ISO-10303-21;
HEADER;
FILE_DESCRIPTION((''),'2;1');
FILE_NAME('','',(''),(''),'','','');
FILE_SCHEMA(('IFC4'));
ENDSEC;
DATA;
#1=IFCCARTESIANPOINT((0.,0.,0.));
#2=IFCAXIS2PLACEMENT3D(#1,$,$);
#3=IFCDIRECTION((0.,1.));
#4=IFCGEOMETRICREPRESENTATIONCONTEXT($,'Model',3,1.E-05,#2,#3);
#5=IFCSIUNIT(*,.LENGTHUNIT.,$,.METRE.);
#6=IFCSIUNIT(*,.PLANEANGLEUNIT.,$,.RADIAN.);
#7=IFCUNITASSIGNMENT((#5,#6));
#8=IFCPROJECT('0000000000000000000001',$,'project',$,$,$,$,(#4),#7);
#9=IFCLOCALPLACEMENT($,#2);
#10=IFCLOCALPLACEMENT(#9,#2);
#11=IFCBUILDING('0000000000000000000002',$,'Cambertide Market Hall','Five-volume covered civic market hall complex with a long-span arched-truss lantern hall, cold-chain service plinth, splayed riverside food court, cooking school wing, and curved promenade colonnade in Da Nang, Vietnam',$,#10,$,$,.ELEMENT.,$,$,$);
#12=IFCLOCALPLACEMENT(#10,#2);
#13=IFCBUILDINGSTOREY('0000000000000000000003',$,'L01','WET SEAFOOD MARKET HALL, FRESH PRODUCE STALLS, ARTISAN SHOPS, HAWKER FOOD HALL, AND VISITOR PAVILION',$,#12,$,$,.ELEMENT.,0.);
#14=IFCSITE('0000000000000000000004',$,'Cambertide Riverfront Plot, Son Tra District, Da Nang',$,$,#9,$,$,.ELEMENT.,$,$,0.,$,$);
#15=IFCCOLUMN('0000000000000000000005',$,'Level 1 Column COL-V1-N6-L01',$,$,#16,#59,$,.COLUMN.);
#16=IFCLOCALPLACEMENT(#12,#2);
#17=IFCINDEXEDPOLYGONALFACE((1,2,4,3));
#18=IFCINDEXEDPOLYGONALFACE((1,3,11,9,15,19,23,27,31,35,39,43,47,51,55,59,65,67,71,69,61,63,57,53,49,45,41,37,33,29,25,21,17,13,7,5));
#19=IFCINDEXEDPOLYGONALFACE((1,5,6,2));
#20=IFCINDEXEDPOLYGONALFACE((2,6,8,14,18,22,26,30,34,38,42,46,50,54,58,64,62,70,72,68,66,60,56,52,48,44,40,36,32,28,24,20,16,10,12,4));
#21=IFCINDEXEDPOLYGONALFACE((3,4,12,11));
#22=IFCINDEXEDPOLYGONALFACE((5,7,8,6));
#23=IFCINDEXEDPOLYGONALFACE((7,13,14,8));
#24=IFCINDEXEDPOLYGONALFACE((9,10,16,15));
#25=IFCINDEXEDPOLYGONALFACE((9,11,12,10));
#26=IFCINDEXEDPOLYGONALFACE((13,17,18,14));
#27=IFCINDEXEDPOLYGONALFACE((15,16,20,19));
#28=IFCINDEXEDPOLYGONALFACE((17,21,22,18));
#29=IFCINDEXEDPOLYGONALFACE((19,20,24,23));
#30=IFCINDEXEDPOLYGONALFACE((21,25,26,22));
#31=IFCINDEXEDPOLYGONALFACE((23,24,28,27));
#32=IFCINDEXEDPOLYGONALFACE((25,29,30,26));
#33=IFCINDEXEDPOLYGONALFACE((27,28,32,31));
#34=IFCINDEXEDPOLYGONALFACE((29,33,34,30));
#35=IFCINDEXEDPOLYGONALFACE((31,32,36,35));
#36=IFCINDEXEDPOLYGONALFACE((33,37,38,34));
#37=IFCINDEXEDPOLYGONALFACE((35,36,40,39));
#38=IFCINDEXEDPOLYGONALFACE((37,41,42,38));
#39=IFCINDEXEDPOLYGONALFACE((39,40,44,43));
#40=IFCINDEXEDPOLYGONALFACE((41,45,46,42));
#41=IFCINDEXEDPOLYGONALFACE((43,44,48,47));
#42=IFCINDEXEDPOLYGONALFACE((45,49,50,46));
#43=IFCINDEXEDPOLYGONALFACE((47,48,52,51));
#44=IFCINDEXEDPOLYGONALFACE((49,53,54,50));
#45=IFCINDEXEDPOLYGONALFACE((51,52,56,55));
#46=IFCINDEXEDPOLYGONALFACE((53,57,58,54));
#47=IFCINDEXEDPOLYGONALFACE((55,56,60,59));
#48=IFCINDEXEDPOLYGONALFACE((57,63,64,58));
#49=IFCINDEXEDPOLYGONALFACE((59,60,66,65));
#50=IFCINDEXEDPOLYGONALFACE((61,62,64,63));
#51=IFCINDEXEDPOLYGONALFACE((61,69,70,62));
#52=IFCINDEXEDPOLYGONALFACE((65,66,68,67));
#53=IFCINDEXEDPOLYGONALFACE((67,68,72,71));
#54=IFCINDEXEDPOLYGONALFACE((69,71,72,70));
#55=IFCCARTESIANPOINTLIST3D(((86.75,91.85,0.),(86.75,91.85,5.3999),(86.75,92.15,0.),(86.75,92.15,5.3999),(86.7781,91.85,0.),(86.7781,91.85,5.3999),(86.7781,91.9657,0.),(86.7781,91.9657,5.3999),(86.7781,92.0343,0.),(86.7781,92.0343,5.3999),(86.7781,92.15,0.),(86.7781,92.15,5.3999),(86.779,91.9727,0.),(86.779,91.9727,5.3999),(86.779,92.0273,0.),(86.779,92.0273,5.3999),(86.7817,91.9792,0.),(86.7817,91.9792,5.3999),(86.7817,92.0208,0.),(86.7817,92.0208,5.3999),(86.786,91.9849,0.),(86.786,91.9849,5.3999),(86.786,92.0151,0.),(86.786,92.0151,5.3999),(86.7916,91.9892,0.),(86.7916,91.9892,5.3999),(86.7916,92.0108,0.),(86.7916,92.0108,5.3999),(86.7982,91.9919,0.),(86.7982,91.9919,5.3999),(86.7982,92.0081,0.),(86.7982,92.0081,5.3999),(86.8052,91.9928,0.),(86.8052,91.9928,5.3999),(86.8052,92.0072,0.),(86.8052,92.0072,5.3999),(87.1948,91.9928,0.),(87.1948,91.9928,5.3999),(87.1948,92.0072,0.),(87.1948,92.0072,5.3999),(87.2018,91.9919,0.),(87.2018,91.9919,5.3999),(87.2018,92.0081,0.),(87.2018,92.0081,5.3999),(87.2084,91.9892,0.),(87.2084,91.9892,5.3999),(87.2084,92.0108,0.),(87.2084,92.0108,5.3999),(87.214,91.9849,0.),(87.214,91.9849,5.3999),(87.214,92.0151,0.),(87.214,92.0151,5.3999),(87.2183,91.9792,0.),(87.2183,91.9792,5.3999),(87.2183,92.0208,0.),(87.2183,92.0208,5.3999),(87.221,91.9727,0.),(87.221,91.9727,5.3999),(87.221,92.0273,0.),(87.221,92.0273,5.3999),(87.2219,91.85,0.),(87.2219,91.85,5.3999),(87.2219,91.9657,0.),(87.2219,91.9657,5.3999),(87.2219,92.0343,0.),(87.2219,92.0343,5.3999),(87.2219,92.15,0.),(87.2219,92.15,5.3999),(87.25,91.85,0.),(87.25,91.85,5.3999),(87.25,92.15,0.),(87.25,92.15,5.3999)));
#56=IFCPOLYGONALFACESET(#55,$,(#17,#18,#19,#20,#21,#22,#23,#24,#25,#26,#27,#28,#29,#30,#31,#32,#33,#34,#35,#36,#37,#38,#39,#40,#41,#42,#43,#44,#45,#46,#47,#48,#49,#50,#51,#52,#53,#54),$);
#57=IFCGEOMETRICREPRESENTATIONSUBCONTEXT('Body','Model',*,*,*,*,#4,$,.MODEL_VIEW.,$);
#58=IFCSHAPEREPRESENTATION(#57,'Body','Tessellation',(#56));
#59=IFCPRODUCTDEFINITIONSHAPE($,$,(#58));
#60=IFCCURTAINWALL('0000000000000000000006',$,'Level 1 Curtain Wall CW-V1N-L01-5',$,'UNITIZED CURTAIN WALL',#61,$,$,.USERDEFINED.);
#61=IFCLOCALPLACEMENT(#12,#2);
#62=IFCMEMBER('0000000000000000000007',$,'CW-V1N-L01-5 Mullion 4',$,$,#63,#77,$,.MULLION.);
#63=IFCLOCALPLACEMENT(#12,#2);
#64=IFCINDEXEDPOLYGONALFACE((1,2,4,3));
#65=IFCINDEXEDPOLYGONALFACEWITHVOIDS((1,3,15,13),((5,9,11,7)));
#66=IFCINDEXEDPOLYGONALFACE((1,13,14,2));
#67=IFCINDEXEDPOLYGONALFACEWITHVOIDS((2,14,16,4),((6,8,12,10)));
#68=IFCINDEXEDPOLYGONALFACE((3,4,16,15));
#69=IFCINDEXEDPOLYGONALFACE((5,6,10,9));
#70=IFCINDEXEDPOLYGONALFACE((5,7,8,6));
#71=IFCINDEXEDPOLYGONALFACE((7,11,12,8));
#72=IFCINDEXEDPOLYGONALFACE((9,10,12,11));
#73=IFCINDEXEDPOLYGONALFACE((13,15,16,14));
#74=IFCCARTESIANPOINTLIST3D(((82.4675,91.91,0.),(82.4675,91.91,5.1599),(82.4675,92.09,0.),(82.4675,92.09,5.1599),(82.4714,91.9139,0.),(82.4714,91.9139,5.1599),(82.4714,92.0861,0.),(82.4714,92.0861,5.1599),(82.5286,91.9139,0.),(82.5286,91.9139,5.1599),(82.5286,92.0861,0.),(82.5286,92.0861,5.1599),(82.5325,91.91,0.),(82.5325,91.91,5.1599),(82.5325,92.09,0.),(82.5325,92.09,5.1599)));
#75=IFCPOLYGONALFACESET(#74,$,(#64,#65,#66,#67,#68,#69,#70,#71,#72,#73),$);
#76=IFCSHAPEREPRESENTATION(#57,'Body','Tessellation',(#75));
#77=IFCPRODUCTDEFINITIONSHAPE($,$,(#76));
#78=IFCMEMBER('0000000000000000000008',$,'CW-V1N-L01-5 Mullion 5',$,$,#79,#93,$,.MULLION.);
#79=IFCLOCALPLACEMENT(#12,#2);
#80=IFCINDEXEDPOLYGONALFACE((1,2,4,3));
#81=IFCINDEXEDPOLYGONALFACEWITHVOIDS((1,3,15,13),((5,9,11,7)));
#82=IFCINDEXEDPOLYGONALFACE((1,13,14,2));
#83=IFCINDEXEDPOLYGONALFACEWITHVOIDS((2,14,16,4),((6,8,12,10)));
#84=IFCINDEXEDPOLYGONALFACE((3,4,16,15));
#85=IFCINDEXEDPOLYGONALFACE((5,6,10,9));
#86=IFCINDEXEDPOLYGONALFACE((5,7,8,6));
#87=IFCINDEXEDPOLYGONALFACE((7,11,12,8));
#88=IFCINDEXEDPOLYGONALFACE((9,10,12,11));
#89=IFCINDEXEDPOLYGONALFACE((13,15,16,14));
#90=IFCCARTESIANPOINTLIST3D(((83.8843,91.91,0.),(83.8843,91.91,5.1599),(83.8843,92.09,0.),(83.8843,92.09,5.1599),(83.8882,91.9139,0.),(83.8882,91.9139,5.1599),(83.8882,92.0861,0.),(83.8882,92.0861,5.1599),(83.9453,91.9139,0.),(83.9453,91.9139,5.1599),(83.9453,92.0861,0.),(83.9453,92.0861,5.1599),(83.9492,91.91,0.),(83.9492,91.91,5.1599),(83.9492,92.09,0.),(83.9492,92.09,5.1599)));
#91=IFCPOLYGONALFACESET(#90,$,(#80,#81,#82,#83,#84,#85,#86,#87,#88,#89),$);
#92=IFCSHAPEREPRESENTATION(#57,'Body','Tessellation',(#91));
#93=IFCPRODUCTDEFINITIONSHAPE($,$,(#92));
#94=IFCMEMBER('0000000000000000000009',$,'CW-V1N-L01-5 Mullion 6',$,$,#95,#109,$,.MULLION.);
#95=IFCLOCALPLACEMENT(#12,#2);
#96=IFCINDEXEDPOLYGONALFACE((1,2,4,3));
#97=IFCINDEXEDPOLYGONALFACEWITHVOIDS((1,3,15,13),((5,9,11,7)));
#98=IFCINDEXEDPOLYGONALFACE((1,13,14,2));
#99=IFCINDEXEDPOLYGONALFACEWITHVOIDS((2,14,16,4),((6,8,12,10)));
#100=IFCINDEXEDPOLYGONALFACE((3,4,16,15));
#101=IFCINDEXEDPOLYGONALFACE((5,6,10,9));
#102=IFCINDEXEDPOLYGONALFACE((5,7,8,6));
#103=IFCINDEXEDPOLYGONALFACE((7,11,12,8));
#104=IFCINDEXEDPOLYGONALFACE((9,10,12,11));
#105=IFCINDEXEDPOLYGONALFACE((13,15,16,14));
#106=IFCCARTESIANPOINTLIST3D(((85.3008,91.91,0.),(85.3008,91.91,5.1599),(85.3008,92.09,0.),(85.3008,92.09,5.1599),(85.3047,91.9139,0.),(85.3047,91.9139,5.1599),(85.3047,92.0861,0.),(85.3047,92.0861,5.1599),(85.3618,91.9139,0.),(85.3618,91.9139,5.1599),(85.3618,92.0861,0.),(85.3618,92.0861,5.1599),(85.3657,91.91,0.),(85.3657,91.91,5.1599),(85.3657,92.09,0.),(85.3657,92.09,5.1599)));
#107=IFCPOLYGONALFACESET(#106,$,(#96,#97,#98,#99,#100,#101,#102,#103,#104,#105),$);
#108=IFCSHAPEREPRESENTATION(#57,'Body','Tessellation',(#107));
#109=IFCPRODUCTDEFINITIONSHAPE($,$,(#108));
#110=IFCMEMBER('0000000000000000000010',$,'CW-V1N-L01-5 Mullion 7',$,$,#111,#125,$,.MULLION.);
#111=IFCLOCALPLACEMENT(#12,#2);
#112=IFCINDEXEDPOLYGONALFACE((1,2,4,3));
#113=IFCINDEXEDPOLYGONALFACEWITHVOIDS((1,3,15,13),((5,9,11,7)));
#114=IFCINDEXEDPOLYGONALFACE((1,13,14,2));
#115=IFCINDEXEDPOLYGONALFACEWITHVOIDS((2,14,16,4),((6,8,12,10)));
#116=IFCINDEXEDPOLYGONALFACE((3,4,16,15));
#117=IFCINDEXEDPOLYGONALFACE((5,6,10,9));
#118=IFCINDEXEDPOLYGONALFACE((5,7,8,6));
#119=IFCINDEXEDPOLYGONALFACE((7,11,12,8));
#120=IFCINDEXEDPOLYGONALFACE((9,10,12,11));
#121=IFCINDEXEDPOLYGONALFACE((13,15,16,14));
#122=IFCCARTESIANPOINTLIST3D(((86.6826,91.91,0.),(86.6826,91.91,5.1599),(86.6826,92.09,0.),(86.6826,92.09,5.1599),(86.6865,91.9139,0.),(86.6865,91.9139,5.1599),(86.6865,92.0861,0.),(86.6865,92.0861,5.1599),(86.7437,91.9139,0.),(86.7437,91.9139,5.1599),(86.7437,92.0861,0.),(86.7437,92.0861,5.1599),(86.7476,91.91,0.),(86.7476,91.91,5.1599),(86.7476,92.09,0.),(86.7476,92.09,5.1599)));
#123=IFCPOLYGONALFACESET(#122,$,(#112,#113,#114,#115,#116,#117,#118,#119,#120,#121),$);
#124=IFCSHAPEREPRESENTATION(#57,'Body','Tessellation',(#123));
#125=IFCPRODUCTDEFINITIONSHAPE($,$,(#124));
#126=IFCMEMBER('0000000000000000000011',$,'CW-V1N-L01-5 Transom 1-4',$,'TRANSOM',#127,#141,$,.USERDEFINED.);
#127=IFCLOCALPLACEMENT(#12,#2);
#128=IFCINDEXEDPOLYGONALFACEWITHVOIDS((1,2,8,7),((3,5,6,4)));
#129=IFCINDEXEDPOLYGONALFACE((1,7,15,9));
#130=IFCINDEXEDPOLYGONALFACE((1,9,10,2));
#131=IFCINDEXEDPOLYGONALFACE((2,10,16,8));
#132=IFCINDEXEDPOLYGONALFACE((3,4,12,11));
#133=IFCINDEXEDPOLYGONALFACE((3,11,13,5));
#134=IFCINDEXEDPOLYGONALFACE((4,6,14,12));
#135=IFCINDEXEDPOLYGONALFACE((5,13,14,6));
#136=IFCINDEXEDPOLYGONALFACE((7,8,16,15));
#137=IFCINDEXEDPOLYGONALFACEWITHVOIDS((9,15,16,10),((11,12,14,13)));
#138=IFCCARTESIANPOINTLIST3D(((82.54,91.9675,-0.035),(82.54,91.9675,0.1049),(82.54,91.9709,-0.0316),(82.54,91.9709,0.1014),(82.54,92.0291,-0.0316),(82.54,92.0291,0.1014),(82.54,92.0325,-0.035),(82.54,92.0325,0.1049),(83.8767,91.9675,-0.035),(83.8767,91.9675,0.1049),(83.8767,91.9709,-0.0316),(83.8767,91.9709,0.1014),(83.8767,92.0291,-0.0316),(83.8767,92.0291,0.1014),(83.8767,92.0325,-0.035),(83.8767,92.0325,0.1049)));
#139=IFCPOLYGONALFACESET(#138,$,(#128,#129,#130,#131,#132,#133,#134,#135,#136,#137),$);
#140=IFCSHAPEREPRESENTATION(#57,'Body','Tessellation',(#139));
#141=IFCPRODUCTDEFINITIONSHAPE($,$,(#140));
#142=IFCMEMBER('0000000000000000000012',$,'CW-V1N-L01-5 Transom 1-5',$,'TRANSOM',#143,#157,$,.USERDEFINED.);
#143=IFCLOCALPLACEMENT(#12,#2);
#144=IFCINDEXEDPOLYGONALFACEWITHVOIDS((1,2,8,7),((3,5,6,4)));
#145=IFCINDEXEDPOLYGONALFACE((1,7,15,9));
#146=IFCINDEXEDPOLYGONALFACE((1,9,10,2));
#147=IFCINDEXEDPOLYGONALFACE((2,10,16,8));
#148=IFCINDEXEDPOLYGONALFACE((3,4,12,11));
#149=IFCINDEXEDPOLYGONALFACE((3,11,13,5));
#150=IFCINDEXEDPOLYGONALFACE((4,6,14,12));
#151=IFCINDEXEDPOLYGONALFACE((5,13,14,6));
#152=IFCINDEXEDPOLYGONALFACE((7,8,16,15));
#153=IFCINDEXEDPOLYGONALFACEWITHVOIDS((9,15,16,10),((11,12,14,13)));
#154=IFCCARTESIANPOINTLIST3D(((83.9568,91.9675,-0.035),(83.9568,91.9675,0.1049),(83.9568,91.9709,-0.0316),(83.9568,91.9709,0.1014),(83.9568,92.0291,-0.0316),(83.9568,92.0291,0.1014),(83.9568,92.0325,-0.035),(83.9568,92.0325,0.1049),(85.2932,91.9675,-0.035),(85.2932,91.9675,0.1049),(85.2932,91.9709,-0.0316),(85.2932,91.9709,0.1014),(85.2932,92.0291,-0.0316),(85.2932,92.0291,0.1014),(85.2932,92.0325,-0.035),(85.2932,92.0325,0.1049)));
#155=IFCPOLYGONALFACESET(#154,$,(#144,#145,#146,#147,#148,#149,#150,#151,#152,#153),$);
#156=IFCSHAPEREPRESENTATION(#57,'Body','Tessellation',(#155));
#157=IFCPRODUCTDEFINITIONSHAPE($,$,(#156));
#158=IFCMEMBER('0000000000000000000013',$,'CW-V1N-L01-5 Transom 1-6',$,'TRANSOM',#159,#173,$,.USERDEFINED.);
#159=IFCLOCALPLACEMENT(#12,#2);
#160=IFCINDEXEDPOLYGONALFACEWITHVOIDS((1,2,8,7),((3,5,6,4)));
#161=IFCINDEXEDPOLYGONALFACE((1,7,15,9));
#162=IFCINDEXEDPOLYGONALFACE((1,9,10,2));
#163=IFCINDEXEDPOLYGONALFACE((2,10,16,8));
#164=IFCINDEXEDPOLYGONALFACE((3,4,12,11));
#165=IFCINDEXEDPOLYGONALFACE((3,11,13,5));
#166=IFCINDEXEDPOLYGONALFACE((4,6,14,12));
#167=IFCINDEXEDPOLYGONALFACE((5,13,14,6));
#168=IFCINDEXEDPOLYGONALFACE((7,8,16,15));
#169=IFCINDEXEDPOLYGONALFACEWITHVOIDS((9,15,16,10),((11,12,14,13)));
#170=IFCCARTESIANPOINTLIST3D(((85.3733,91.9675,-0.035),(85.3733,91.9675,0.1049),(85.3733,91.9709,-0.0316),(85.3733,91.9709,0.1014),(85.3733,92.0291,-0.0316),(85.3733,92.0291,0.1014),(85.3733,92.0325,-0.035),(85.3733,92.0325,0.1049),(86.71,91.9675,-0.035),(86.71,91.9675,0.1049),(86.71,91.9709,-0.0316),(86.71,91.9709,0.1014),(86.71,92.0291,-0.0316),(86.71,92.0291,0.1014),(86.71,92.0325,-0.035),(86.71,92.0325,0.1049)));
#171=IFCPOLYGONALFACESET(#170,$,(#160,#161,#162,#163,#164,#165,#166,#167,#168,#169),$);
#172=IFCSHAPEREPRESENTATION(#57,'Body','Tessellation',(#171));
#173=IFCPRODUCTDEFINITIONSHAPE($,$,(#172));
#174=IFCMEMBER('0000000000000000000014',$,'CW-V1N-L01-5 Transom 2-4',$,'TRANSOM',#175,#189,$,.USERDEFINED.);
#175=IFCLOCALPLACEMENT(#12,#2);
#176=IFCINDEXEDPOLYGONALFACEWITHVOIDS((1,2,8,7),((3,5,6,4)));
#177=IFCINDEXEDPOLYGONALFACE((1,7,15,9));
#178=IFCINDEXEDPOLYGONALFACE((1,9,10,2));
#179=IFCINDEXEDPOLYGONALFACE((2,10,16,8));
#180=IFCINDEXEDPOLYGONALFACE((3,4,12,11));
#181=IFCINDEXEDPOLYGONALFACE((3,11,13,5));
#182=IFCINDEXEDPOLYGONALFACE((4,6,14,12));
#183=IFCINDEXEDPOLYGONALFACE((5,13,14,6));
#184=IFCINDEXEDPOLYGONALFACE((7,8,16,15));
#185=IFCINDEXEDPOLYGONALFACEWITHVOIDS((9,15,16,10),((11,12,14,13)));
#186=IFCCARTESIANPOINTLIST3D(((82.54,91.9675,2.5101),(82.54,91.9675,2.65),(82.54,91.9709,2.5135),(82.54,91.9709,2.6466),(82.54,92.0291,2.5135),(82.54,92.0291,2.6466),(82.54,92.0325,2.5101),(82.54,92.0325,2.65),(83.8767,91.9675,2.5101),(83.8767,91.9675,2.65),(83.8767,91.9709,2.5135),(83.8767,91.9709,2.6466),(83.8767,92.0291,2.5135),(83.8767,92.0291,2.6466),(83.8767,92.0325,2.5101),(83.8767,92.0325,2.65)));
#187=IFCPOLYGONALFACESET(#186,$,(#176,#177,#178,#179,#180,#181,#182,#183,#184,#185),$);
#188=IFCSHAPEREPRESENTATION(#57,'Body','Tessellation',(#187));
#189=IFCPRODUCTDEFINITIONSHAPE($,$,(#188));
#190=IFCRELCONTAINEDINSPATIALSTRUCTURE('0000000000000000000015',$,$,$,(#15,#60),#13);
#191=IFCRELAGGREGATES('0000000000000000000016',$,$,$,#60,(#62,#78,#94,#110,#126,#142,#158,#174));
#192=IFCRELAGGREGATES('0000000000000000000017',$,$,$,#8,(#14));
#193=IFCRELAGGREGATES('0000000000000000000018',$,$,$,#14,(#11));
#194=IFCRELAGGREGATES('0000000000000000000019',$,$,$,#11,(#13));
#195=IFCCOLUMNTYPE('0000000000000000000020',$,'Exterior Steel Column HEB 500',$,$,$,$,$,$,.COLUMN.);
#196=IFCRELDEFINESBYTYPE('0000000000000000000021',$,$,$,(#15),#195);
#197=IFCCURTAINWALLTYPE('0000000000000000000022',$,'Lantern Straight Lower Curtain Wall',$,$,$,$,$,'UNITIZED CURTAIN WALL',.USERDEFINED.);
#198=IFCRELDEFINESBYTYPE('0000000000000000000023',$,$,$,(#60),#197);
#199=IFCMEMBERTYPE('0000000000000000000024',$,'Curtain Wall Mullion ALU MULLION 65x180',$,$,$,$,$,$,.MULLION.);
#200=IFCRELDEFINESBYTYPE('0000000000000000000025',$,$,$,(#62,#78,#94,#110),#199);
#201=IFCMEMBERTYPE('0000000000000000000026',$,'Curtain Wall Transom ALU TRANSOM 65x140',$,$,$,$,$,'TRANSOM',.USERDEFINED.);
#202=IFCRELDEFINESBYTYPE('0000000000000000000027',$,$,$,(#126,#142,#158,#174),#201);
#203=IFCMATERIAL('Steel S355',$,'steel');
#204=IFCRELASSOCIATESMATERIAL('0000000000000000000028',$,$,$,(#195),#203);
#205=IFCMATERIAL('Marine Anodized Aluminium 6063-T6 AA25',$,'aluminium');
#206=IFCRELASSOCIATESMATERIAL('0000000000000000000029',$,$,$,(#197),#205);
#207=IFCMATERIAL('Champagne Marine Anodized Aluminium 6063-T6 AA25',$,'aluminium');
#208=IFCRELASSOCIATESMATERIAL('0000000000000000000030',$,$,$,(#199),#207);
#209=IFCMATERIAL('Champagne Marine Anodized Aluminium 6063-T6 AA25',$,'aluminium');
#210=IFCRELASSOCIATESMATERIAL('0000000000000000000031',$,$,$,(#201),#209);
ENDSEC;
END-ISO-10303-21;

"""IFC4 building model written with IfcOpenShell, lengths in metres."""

from ifc_helpers import new_model, si_unit, direction, frame, origin, origin_2d, place, context, subcontext, project, spatial, hollow_rectangle, i_section, extrude, material, material_profile, profile_set, type_object, element, aggregate, save


model = new_model("IFC4")

# Units and contexts
model_context = context("Model", 3, precision=1e-05, world=origin(), true_north=direction((0.0, 1.0)))
body_context = subcontext(model_context, "Body", "Model", "MODEL_VIEW")
ifc_project = project(units=[si_unit("LENGTHUNIT", "METRE"), si_unit("PLANEANGLEUNIT", "RADIAN")], contexts=[model_context])

# Site, building, storey
site_placement = place(None, origin())
site = spatial("IfcSite", under=ifc_project, at=site_placement, Name="Cambertide Riverfront Plot, Son Tra District, Da Nang", CompositionType="ELEMENT", RefElevation=0.0)
building_placement = place(site_placement, origin())
building = spatial("IfcBuilding", under=site, at=building_placement, Name="Cambertide Market Hall", Description="Five-volume covered civic market hall complex with a long-span arched-truss lantern hall, cold-chain service plinth, splayed riverside food court, cooking school wing, and curved promenade colonnade in Da Nang, Vietnam", CompositionType="ELEMENT")
storey_placement = place(building_placement, origin())
storey = spatial("IfcBuildingStorey", under=building, at=storey_placement, Name="L01", Description="WET SEAFOOD MARKET HALL, FRESH PRODUCE STALLS, ARTISAN SHOPS, HAWKER FOOD HALL, AND VISITOR PAVILION", CompositionType="ELEMENT", Elevation=0.0)

# Column
ifc_material_1 = material(Name="Steel S355", Category="steel")
ifc_material_profile_1 = material_profile(ifc_material_1, i_section(OverallWidth=0.3, OverallDepth=0.5, WebThickness=0.0144, FlangeThickness=0.0281, FilletRadius=0.0271, at=origin_2d()), Name="HEB 500")
ifc_profile_set_1 = profile_set([ifc_material_profile_1], Name="Steel S355")
column_type = type_object("IfcColumnType", Name="Exterior Steel Column HEB 500", PredefinedType="COLUMN", material=ifc_profile_set_1)
column_placement = place(storey_placement, frame((87.0, 92.0, 0.0), z_axis=(0.0, 0.0, 1.0), x_axis=(0.0, 1.0, 0.0)))
element("IfcColumn", 1, at=column_placement, inside=storey, type_object=column_type, Name="Level 1 Column COL-V1-N6-L01", PredefinedType="COLUMN", context=body_context, shape_type="SweptSolid", body=[
    extrude(i_section(OverallWidth=0.3, OverallDepth=0.5, WebThickness=0.0144, FlangeThickness=0.0281, FilletRadius=0.0271, at=origin_2d()), origin(), (0.0, 0.0, 1.0), 5.3999),
])

# Curtain wall, members
ifc_material_2 = material(Name="Marine Anodized Aluminium 6063-T6 AA25", Category="aluminium")
curtain_wall_type = type_object("IfcCurtainWallType", Name="Lantern Straight Lower Curtain Wall", ElementType="UNITIZED CURTAIN WALL", PredefinedType="USERDEFINED", material=ifc_material_2)
curtain_wall_placement = place(storey_placement, origin())
curtain_wall = element("IfcCurtainWall", 2, at=curtain_wall_placement, inside=storey, type_object=curtain_wall_type, Name="Level 1 Curtain Wall CW-V1N-L01-5", ObjectType="UNITIZED CURTAIN WALL", PredefinedType="USERDEFINED")
ifc_material_3 = material(Name="Champagne Marine Anodized Aluminium 6063-T6 AA25", Category="aluminium")
ifc_material_profile_2 = material_profile(ifc_material_3, hollow_rectangle(XDim=0.0649, YDim=0.1799, WallThickness=0.0039, at=origin_2d()), Name="ALU MULLION 65x180")
ifc_profile_set_2 = profile_set([ifc_material_profile_2], Name="Champagne Marine Anodized Aluminium 6063-T6 AA25")
member_type_1 = type_object("IfcMemberType", Name="Curtain Wall Mullion ALU MULLION 65x180", PredefinedType="MULLION", material=ifc_profile_set_2)
member_1_placement = place(storey_placement, frame((82.5, 92.0, 0.0), z_axis=(0.0, 0.0, 1.0), x_axis=(1.0, 0.0, 0.0)))
member_1 = element("IfcMember", 3, at=member_1_placement, type_object=member_type_1, Name="CW-V1N-L01-5 Mullion 4", PredefinedType="MULLION", context=body_context, shape_type="SweptSolid", body=[
    extrude(hollow_rectangle(XDim=0.0649, YDim=0.1799, WallThickness=0.0039, at=origin_2d()), origin(), (0.0, 0.0, 1.0), 5.1599),
])
member_2_placement = place(storey_placement, frame((83.9167, 92.0, 0.0), z_axis=(0.0, 0.0, 1.0), x_axis=(1.0, 0.0, 0.0)))
member_2 = element("IfcMember", 4, at=member_2_placement, type_object=member_type_1, Name="CW-V1N-L01-5 Mullion 5", PredefinedType="MULLION", context=body_context, shape_type="SweptSolid", body=[
    extrude(hollow_rectangle(XDim=0.0649, YDim=0.1799, WallThickness=0.0039, at=origin_2d()), origin(), (0.0, 0.0, 1.0), 5.1599),
])
member_3_placement = place(storey_placement, frame((85.3333, 92.0, 0.0), z_axis=(0.0, 0.0, 1.0), x_axis=(1.0, 0.0, 0.0)))
member_3 = element("IfcMember", 5, at=member_3_placement, type_object=member_type_1, Name="CW-V1N-L01-5 Mullion 6", PredefinedType="MULLION", context=body_context, shape_type="SweptSolid", body=[
    extrude(hollow_rectangle(XDim=0.0649, YDim=0.1799, WallThickness=0.0039, at=origin_2d()), origin(), (0.0, 0.0, 1.0), 5.1599),
])
member_4_placement = place(storey_placement, frame((86.7151, 92.0, 0.0), z_axis=(0.0, 0.0, 1.0), x_axis=(1.0, 0.0, 0.0)))
member_4 = element("IfcMember", 6, at=member_4_placement, type_object=member_type_1, Name="CW-V1N-L01-5 Mullion 7", PredefinedType="MULLION", context=body_context, shape_type="SweptSolid", body=[
    extrude(hollow_rectangle(XDim=0.0649, YDim=0.1799, WallThickness=0.0039, at=origin_2d()), origin(), (0.0, 0.0, 1.0), 5.1599),
])
ifc_material_4 = material(Name="Champagne Marine Anodized Aluminium 6063-T6 AA25", Category="aluminium")
ifc_material_profile_3 = material_profile(ifc_material_4, hollow_rectangle(XDim=0.0649, YDim=0.1399, WallThickness=0.0034, at=origin_2d()), Name="ALU TRANSOM 65x140")
ifc_profile_set_3 = profile_set([ifc_material_profile_3], Name="Champagne Marine Anodized Aluminium 6063-T6 AA25")
member_type_2 = type_object("IfcMemberType", Name="Curtain Wall Transom ALU TRANSOM 65x140", ElementType="TRANSOM", PredefinedType="USERDEFINED", material=ifc_profile_set_3)
member_5_placement = place(storey_placement, frame((82.54, 92.0, 0.0349), z_axis=(1.0, 0.0, 0.0), x_axis=(0.0, 1.0, 0.0)))
member_5 = element("IfcMember", 7, at=member_5_placement, type_object=member_type_2, Name="CW-V1N-L01-5 Transom 1-4", ObjectType="TRANSOM", PredefinedType="USERDEFINED", context=body_context, shape_type="SweptSolid", body=[
    extrude(hollow_rectangle(XDim=0.0649, YDim=0.1399, WallThickness=0.0034, at=origin_2d()), origin(), (0.0, 0.0, 1.0), 1.3367),
])
member_6_placement = place(storey_placement, frame((83.9568, 92.0, 0.0349), z_axis=(1.0, 0.0, 0.0), x_axis=(0.0, 1.0, 0.0)))
member_6 = element("IfcMember", 8, at=member_6_placement, type_object=member_type_2, Name="CW-V1N-L01-5 Transom 1-5", ObjectType="TRANSOM", PredefinedType="USERDEFINED", context=body_context, shape_type="SweptSolid", body=[
    extrude(hollow_rectangle(XDim=0.0649, YDim=0.1399, WallThickness=0.0034, at=origin_2d()), origin(), (0.0, 0.0, 1.0), 1.3364),
])
member_7_placement = place(storey_placement, frame((85.3733, 92.0, 0.0349), z_axis=(1.0, 0.0, 0.0), x_axis=(0.0, 1.0, 0.0)))
member_7 = element("IfcMember", 9, at=member_7_placement, type_object=member_type_2, Name="CW-V1N-L01-5 Transom 1-6", ObjectType="TRANSOM", PredefinedType="USERDEFINED", context=body_context, shape_type="SweptSolid", body=[
    extrude(hollow_rectangle(XDim=0.0649, YDim=0.1399, WallThickness=0.0034, at=origin_2d()), origin(), (0.0, 0.0, 1.0), 1.3367),
])
member_8_placement = place(storey_placement, frame((82.54, 92.0, 2.5801), z_axis=(1.0, 0.0, 0.0), x_axis=(0.0, 1.0, 0.0)))
member_8 = element("IfcMember", 10, at=member_8_placement, type_object=member_type_2, Name="CW-V1N-L01-5 Transom 2-4", ObjectType="TRANSOM", PredefinedType="USERDEFINED", context=body_context, shape_type="SweptSolid", body=[
    extrude(hollow_rectangle(XDim=0.0649, YDim=0.1399, WallThickness=0.0034, at=origin_2d()), origin(), (0.0, 0.0, 1.0), 1.3367),
])

aggregate(curtain_wall, [member_1, member_2, member_3, member_4, member_5, member_6, member_7, member_8])

save(model, "model.ifc")
